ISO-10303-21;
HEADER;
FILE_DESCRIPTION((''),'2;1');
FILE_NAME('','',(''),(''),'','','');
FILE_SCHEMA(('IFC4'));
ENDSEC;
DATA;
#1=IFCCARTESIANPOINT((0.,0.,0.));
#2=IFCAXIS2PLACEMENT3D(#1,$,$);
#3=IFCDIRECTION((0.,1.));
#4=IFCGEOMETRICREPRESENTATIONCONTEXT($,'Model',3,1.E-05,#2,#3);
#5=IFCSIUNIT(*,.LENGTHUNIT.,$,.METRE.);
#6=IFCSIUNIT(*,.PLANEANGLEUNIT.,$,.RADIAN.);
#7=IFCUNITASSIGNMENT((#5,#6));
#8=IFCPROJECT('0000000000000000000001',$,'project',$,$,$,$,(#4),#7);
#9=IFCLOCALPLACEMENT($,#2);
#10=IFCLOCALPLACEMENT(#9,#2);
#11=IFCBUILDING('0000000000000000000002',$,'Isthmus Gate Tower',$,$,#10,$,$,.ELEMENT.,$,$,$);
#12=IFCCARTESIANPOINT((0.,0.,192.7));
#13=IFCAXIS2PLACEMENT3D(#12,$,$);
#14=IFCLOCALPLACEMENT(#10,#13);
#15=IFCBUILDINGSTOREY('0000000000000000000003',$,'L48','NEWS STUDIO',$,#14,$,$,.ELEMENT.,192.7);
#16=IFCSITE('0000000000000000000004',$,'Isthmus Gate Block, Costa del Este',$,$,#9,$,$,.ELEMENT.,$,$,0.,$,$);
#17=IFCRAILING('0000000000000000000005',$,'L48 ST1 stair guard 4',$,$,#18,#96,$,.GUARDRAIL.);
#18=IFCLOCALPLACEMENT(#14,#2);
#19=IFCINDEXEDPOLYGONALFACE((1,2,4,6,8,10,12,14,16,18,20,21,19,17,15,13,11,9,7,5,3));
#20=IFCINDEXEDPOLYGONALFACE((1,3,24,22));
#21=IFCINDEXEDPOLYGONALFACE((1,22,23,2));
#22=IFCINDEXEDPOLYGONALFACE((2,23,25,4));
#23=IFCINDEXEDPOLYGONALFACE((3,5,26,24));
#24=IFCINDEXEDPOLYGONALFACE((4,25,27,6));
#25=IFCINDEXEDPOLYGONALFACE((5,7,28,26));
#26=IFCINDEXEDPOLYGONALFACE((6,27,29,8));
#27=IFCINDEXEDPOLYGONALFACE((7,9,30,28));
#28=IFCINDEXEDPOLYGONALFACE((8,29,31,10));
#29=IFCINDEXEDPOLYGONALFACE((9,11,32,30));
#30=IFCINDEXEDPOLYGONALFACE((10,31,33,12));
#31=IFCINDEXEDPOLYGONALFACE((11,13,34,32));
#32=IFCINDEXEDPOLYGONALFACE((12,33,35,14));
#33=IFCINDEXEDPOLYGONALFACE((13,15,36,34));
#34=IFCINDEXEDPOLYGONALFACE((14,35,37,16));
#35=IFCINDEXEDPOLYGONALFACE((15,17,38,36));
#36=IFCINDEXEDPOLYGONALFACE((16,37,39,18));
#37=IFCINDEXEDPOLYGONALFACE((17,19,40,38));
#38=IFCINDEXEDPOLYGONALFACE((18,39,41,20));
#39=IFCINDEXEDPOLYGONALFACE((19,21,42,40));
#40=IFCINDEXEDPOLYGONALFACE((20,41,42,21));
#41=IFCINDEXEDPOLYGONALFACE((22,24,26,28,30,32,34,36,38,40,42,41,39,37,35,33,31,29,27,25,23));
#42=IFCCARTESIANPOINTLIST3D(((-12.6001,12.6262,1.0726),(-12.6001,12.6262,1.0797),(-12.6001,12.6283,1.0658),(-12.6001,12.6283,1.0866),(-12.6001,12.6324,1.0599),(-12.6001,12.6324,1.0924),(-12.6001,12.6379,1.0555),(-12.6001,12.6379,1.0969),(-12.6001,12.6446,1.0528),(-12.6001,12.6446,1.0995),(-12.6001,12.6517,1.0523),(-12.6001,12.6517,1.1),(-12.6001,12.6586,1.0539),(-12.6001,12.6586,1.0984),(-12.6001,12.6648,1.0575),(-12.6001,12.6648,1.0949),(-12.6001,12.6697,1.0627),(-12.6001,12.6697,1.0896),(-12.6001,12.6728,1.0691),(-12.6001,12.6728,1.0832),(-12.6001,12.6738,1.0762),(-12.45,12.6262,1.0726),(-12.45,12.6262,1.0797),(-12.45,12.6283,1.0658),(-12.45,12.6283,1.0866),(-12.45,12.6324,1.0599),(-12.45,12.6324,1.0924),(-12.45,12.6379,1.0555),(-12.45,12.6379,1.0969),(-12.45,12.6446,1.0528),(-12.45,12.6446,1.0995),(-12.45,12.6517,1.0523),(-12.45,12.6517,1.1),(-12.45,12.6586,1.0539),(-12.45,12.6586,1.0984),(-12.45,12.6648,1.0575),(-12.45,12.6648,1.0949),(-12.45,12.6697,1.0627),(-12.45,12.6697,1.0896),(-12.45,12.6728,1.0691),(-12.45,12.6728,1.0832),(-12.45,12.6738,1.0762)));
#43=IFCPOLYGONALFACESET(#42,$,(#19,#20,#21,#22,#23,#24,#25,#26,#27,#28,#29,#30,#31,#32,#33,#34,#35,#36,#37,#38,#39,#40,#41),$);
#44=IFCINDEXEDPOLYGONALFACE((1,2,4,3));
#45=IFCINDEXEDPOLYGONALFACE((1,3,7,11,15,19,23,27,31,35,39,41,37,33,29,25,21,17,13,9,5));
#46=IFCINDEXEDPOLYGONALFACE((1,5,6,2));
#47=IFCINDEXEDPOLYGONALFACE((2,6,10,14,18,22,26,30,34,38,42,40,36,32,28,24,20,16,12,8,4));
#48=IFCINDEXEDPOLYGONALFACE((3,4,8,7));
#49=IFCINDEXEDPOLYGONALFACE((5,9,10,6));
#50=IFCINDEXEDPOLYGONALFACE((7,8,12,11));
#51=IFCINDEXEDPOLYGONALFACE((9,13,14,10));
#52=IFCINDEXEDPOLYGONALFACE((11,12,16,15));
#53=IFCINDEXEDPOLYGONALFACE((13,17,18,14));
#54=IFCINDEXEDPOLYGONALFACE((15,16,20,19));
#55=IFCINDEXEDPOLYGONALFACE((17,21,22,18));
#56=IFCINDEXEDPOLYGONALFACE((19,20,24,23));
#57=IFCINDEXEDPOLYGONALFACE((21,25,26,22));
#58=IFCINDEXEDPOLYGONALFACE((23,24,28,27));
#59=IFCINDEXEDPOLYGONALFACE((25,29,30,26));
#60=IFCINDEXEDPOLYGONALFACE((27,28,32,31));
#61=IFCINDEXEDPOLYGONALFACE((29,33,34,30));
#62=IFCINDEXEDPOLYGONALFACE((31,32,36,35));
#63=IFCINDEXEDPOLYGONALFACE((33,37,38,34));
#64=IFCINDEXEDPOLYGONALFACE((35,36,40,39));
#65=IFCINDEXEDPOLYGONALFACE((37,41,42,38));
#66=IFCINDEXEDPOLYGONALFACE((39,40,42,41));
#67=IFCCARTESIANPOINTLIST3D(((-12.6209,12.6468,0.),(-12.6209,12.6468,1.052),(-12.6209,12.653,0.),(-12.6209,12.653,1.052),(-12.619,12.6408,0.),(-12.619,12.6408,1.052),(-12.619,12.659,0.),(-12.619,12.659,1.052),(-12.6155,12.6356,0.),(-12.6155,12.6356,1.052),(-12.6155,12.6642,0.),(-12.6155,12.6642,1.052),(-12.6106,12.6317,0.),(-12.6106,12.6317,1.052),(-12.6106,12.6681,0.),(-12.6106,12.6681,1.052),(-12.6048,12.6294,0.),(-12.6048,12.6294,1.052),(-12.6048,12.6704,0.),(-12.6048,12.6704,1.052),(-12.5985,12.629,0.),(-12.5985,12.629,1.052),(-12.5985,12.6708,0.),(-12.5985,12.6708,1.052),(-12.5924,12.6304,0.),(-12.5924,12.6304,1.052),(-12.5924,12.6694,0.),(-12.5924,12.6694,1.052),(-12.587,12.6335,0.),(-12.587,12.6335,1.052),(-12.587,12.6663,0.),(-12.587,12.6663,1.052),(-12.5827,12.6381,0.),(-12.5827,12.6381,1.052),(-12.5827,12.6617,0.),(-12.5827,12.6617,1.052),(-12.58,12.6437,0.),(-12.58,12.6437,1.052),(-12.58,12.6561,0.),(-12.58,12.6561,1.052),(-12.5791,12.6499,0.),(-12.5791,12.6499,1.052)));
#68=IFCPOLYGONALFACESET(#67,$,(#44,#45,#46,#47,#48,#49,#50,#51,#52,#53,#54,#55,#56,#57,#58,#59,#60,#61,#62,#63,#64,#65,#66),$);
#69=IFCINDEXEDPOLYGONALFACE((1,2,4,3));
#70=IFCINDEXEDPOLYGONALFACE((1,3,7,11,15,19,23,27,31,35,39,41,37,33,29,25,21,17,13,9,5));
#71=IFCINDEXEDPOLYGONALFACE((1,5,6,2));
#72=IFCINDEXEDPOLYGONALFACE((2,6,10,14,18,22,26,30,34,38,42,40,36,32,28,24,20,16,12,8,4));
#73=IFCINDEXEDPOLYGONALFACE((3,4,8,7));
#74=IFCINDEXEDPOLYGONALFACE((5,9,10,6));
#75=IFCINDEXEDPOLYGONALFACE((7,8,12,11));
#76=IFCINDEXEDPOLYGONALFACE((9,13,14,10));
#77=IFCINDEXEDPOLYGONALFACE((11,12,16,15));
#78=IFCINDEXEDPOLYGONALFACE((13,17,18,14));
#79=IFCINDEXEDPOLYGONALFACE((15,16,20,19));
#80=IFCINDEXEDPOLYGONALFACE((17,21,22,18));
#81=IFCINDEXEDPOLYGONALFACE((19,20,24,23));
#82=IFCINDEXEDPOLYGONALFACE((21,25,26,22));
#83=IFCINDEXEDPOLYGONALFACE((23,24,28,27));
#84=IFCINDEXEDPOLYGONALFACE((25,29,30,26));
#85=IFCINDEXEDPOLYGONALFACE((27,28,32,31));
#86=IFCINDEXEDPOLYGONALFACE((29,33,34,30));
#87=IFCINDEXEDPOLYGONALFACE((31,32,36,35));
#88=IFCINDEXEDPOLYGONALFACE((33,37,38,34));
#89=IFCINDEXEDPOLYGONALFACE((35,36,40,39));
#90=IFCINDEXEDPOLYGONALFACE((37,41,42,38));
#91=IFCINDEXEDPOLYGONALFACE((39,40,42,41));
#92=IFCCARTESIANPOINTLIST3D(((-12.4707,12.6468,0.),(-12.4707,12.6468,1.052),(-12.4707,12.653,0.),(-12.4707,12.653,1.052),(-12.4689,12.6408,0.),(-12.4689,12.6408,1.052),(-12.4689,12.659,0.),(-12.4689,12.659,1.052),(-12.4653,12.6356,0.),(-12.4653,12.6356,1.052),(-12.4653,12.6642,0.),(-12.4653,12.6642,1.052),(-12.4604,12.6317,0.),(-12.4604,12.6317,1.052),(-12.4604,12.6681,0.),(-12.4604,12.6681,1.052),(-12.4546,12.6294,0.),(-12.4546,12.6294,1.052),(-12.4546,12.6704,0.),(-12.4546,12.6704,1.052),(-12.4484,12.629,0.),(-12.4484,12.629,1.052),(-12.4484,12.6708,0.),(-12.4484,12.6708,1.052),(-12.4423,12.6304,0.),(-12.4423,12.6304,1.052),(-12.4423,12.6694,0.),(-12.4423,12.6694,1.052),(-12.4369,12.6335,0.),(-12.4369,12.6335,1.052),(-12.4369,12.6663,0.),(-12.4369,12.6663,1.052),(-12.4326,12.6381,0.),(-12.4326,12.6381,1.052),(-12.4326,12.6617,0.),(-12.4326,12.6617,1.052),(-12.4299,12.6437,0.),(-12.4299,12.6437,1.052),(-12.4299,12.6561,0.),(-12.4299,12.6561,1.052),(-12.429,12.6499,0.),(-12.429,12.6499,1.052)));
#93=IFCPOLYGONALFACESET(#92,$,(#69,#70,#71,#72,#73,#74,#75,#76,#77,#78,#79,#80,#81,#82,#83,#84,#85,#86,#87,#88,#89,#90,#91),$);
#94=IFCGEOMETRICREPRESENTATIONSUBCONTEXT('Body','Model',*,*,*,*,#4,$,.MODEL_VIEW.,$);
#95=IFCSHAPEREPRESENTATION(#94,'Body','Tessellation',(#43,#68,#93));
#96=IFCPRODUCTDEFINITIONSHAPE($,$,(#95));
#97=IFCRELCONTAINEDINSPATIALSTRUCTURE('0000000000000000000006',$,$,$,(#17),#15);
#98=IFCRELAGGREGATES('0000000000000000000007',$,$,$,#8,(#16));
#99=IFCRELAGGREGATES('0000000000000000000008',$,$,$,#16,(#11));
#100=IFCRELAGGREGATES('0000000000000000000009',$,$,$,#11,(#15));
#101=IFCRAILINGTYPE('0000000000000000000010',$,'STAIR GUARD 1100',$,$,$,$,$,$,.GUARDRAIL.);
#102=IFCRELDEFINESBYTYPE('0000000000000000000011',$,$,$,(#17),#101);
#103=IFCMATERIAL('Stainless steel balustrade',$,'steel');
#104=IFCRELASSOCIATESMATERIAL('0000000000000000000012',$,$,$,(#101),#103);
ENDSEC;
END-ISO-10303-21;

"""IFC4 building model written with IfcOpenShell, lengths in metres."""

from ifc_helpers import new_model, si_unit, direction, frame, origin, origin_2d, place, context, subcontext, project, spatial, circle, extrude, material, type_object, element, save


model = new_model("IFC4")

# Units and contexts
model_context = context("Model", 3, precision=1e-05, world=origin(), true_north=direction((0.0, 1.0)))
body_context = subcontext(model_context, "Body", "Model", "MODEL_VIEW")
ifc_project = project(units=[si_unit("LENGTHUNIT", "METRE"), si_unit("PLANEANGLEUNIT", "RADIAN")], contexts=[model_context])

# Site, building, storey
site_placement = place(None, origin())
site = spatial("IfcSite", under=ifc_project, at=site_placement, Name="Isthmus Gate Block, Costa del Este", CompositionType="ELEMENT", RefElevation=0.0)
building_placement = place(site_placement, origin())
building = spatial("IfcBuilding", under=site, at=building_placement, Name="Isthmus Gate Tower", CompositionType="ELEMENT")
storey_placement = place(building_placement, frame((0.0, 0.0, 192.7)))
storey = spatial("IfcBuildingStorey", under=building, at=storey_placement, Name="L48", Description="NEWS STUDIO", CompositionType="ELEMENT", Elevation=192.7)

# Railing
ifc_material_1 = material(Name="Stainless steel balustrade", Category="steel")
railing_type = type_object("IfcRailingType", Name="STAIR GUARD 1100", PredefinedType="GUARDRAIL", material=ifc_material_1)
railing_1_placement = place(storey_placement, frame((-12.6001, 12.6499, 0.0)))
element("IfcRailing", 1, at=railing_1_placement, inside=storey, type_object=railing_type, Name="L48 ST1 stair guard 4", PredefinedType="GUARDRAIL", context=body_context, shape_type="SweptSolid", body=[
    extrude(circle(Radius=0.0239, at=origin_2d()), frame((0.0, 0.0, 1.0762), z_axis=(1.0, 0.0, 0.0), x_axis=(0.0, 1.0, 0.0)), (0.0, 0.0, 1.0), 0.1501),
    extrude(circle(Radius=0.021, at=origin_2d()), origin(), (0.0, 0.0, 1.0), 1.052),
    extrude(circle(Radius=0.021, at=origin_2d()), frame((0.1501, 0.0, 0.0)), (0.0, 0.0, 1.0), 1.052),
])

save(model, "model.ifc")
